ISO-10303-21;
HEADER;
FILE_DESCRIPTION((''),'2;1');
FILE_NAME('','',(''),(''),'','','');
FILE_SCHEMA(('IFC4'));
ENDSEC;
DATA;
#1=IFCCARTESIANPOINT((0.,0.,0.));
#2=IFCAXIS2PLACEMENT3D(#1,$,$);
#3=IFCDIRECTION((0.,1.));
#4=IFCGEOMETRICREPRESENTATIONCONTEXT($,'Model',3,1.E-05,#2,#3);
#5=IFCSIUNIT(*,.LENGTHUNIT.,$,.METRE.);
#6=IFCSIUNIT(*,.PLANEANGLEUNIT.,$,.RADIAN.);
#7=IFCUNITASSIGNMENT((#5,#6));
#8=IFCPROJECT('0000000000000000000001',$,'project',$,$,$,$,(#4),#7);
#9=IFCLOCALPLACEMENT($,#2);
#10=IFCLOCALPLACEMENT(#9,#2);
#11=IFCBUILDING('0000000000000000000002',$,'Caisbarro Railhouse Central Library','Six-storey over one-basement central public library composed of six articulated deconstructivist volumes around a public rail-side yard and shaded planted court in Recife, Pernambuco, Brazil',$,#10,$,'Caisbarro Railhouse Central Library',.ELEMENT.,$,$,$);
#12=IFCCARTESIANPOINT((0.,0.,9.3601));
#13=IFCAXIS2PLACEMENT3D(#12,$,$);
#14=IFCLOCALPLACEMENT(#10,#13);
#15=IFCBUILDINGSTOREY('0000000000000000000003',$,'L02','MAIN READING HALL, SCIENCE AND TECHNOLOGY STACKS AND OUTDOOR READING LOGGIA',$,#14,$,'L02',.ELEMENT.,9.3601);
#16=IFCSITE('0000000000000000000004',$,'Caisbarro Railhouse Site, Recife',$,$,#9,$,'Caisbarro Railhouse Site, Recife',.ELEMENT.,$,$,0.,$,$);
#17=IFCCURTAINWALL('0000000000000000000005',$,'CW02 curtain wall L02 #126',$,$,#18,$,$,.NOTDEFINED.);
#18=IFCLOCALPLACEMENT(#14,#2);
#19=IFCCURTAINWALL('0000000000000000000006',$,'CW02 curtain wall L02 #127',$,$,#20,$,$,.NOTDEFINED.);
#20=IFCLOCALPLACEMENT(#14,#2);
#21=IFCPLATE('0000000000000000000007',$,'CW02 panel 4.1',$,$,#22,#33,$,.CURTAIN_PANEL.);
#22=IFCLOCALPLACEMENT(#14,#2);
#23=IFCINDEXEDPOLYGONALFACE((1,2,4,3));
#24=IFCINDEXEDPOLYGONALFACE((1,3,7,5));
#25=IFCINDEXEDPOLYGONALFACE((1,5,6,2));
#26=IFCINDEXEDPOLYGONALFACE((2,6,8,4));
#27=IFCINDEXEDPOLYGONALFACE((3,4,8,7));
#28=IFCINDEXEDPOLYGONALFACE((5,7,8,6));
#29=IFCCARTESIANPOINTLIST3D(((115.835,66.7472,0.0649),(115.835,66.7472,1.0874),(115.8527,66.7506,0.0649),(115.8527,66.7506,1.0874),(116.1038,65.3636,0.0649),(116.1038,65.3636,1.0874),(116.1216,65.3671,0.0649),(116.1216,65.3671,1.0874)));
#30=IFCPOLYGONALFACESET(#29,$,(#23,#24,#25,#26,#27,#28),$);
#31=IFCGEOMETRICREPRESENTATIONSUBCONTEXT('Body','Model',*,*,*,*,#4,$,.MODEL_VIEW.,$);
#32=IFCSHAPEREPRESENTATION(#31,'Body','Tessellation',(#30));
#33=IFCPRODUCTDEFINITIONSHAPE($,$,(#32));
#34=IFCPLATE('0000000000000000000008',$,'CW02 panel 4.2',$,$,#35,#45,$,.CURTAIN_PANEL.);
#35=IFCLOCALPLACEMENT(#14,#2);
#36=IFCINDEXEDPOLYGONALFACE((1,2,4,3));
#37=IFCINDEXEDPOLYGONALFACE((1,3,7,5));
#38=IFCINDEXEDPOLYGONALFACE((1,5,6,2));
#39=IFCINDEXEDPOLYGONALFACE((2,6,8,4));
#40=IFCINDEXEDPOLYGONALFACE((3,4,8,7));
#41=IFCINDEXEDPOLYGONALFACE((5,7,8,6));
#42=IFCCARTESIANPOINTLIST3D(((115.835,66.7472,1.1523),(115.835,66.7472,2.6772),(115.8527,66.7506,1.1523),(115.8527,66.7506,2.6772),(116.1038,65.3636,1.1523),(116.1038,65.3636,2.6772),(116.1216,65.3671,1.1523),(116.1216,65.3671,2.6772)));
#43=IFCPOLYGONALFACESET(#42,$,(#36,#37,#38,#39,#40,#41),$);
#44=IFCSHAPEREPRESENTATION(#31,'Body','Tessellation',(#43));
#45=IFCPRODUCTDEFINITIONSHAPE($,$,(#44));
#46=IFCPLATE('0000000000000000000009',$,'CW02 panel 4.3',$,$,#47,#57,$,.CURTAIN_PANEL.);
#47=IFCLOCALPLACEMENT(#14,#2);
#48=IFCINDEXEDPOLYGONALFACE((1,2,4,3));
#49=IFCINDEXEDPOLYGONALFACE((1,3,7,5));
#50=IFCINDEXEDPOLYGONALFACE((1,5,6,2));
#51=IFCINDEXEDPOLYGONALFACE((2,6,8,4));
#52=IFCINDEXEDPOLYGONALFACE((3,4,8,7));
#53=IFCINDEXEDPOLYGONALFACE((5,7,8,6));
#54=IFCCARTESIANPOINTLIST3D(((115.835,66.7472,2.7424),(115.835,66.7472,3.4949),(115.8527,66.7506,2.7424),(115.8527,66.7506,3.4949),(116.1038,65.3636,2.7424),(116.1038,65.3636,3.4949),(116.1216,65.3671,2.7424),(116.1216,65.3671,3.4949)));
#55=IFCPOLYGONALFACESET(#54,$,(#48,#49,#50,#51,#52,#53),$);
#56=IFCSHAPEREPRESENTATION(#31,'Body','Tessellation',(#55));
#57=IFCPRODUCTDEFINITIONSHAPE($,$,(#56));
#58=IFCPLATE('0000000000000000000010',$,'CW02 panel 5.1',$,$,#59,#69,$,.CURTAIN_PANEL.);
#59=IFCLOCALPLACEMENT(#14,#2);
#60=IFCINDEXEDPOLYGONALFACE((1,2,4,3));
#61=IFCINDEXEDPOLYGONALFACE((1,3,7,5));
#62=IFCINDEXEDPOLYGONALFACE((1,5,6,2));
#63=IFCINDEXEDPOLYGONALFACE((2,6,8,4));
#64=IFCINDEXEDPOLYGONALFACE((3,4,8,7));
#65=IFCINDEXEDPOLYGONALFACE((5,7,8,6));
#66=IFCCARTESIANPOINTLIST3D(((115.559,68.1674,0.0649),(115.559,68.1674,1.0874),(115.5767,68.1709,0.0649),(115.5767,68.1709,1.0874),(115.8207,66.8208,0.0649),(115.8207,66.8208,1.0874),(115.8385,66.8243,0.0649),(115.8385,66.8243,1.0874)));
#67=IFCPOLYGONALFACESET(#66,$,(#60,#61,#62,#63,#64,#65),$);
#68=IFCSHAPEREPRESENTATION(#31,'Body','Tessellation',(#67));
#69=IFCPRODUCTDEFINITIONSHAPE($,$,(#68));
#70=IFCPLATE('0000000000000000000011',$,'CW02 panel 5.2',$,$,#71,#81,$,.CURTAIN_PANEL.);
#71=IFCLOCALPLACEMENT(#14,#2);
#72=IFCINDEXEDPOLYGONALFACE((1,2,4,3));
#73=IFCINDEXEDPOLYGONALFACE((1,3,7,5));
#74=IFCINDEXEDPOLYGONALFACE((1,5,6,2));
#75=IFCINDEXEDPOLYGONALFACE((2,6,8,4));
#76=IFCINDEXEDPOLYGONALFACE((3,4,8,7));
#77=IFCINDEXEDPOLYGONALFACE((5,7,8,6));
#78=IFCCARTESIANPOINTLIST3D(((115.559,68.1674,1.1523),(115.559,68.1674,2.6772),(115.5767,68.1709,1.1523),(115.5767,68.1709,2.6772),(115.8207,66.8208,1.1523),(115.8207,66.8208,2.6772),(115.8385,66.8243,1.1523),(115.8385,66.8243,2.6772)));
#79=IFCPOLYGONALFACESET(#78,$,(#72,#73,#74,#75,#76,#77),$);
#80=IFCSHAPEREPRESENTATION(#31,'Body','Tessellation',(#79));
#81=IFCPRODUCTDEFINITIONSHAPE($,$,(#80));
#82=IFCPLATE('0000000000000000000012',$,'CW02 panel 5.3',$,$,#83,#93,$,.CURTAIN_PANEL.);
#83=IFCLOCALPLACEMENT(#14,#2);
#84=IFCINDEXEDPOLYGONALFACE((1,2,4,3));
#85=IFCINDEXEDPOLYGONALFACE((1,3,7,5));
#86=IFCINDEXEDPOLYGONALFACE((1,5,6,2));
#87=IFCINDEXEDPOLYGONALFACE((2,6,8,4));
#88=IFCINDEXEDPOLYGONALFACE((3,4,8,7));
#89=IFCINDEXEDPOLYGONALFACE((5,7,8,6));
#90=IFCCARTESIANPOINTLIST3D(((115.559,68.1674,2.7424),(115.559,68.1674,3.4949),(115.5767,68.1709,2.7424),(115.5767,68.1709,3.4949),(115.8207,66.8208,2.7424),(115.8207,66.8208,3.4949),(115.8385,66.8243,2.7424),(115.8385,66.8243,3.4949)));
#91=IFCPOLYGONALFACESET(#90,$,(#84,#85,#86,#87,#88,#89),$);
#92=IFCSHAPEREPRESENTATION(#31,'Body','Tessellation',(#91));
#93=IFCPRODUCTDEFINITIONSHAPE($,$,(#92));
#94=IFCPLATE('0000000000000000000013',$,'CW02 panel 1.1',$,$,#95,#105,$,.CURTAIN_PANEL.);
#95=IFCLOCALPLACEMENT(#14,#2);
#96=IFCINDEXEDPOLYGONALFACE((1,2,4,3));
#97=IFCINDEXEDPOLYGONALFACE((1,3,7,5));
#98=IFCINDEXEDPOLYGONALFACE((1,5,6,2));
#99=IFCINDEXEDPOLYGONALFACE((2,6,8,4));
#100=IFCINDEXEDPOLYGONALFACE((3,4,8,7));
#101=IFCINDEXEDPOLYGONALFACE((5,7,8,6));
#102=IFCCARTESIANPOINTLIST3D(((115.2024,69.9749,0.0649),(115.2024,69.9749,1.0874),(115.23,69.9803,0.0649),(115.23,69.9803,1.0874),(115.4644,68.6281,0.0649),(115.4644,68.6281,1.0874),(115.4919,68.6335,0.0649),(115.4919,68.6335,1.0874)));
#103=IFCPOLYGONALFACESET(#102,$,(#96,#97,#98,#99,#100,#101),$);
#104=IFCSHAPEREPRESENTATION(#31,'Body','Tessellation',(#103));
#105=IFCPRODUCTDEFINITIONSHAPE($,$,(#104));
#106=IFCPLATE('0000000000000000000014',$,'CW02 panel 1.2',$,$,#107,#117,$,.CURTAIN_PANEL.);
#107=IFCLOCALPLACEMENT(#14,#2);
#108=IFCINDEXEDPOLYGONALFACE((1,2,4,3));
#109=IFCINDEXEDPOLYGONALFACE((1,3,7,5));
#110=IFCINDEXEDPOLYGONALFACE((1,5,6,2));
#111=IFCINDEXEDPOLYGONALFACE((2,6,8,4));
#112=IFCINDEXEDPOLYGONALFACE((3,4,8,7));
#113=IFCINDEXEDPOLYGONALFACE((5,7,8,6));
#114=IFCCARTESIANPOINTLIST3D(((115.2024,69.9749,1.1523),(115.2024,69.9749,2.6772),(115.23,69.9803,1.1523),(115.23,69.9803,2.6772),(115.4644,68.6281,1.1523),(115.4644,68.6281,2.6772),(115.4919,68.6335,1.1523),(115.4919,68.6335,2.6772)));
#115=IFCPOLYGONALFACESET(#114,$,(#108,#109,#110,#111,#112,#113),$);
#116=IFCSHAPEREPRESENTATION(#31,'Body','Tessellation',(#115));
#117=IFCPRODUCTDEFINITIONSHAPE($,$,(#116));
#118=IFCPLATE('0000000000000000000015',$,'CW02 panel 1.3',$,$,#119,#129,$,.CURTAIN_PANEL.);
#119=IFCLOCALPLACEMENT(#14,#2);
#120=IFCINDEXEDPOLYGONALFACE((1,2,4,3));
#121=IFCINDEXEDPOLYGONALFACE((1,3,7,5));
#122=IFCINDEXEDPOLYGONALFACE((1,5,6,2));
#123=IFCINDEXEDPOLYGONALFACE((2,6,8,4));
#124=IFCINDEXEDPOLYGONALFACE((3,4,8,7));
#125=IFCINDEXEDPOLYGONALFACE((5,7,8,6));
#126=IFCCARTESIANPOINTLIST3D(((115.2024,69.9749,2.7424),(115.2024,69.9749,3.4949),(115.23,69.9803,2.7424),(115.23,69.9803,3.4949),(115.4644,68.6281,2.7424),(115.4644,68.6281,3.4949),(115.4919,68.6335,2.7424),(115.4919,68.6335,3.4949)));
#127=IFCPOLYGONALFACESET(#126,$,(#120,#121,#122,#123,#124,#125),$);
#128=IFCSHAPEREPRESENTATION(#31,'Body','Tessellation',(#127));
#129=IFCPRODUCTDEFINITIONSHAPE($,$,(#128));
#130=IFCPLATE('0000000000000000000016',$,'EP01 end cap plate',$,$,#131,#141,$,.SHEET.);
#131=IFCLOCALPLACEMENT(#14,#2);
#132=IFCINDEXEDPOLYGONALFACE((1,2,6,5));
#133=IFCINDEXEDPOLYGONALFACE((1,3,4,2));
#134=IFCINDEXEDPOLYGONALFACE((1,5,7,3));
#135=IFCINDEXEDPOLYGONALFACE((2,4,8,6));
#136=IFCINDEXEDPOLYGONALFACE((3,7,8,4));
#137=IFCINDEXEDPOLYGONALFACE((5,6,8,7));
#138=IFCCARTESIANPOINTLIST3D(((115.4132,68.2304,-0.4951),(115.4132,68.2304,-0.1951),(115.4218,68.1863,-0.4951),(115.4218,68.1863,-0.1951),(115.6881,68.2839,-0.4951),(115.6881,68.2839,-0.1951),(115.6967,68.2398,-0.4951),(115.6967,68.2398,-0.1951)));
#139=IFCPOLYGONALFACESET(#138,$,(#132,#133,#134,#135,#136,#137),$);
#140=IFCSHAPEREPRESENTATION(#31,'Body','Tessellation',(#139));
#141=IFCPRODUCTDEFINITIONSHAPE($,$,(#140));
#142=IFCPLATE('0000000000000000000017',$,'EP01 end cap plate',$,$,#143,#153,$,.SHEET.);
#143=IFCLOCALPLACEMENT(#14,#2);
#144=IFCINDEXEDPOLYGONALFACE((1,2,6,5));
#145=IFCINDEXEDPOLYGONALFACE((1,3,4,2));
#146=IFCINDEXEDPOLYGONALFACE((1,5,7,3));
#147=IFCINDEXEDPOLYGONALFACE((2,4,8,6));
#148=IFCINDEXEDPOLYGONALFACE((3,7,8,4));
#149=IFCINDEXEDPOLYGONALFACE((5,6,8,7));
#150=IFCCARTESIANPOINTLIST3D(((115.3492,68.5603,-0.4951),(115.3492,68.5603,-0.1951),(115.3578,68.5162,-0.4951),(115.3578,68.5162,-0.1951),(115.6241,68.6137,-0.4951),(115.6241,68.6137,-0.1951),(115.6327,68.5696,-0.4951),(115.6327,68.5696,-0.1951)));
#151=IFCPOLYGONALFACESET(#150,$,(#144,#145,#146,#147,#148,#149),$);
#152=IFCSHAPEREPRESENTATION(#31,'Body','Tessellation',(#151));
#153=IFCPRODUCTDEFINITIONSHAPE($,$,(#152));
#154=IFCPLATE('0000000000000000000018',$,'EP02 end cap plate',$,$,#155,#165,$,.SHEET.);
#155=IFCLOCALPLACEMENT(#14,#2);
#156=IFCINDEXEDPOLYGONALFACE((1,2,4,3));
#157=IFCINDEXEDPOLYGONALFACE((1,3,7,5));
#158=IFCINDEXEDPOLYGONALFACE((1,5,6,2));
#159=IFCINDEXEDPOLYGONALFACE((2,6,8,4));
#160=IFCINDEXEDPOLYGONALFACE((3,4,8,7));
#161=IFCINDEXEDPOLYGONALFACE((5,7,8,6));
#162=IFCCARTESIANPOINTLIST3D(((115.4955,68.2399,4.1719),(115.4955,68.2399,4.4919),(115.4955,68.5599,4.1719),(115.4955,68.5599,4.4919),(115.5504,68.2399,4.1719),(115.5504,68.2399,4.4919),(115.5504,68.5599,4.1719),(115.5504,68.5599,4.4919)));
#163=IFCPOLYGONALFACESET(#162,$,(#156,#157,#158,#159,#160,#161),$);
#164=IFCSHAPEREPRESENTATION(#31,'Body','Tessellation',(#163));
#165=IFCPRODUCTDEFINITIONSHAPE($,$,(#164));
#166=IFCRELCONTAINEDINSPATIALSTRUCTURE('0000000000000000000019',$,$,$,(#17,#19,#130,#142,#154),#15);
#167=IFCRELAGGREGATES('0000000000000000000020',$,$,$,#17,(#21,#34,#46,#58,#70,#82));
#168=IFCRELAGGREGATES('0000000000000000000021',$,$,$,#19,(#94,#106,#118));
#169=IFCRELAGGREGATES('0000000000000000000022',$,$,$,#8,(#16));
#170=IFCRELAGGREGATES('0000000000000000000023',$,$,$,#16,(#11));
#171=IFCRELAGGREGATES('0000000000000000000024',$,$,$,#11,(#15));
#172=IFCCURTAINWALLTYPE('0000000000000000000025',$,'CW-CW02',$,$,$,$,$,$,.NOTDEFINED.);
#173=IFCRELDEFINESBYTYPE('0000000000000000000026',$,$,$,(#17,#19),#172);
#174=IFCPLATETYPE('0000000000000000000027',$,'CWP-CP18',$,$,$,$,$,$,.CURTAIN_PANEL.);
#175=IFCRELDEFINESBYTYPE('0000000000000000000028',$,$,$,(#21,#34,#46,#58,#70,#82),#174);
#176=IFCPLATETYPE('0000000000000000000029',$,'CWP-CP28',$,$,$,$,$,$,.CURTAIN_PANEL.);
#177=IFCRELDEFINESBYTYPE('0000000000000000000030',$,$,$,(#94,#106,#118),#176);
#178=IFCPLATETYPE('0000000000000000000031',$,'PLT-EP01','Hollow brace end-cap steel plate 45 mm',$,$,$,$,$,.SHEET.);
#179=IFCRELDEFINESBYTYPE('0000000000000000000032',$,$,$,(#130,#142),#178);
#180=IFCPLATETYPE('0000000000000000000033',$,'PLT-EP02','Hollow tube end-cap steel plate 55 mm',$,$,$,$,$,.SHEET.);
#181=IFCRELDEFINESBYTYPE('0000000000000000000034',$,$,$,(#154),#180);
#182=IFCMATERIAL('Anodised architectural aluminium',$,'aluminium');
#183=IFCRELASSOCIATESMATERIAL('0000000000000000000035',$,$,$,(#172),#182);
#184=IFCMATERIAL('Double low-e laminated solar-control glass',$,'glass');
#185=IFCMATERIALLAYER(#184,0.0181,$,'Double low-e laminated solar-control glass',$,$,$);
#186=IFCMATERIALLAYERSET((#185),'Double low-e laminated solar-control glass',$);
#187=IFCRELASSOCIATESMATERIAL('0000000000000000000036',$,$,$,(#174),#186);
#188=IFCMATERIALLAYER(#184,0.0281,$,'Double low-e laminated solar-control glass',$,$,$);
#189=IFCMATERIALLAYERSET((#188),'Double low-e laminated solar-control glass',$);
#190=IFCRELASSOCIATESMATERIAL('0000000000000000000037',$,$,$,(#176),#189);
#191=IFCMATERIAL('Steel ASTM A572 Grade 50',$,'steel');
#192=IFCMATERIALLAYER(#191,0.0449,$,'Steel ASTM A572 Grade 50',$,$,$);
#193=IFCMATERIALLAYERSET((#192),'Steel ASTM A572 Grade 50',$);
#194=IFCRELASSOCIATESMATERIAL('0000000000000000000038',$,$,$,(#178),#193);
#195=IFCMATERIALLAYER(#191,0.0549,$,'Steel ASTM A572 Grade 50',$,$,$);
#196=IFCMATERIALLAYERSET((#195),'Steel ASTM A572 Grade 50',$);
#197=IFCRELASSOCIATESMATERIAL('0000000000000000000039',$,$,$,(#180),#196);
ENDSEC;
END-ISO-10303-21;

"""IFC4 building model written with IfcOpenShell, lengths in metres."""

from ifc_helpers import new_model, si_unit, direction, frame, origin, origin_2d, place, context, subcontext, project, spatial, rectangle, extrude, material, layer, layer_set, type_object, element, aggregate, save


model = new_model("IFC4")

# Units and contexts
model_context = context("Model", 3, precision=1e-05, world=origin(), true_north=direction((0.0, 1.0)))
body_context = subcontext(model_context, "Body", "Model", "MODEL_VIEW")
ifc_project = project(units=[si_unit("LENGTHUNIT", "METRE"), si_unit("PLANEANGLEUNIT", "RADIAN")], contexts=[model_context])

# Site, building, storey
site_placement = place(None, origin())
site = spatial("IfcSite", under=ifc_project, at=site_placement, Name="Caisbarro Railhouse Site, Recife", LongName="Caisbarro Railhouse Site, Recife", CompositionType="ELEMENT", RefElevation=0.0)
building_placement = place(site_placement, origin())
building = spatial("IfcBuilding", under=site, at=building_placement, Name="Caisbarro Railhouse Central Library", Description="Six-storey over one-basement central public library composed of six articulated deconstructivist volumes around a public rail-side yard and shaded planted court in Recife, Pernambuco, Brazil", LongName="Caisbarro Railhouse Central Library", CompositionType="ELEMENT")
storey_placement = place(building_placement, frame((0.0, 0.0, 9.3601)))
storey = spatial("IfcBuildingStorey", under=building, at=storey_placement, Name="L02", Description="MAIN READING HALL, SCIENCE AND TECHNOLOGY STACKS AND OUTDOOR READING LOGGIA", LongName="L02", CompositionType="ELEMENT", Elevation=9.3601)

# Shared definitions
ifc_material_1 = material(Name="Steel ASTM A572 Grade 50", Category="steel")

# Curtain walls
ifc_material_2 = material(Name="Anodised architectural aluminium", Category="aluminium")
curtain_wall_type = type_object("IfcCurtainWallType", Name="CW-CW02", PredefinedType="NOTDEFINED", material=ifc_material_2)
curtain_wall_1_placement = place(storey_placement, origin())
curtain_wall_1 = element("IfcCurtainWall", 1, at=curtain_wall_1_placement, inside=storey, type_object=curtain_wall_type, Name="CW02 curtain wall L02 #126", PredefinedType="NOTDEFINED")
curtain_wall_2_placement = place(storey_placement, origin())
curtain_wall_2 = element("IfcCurtainWall", 2, at=curtain_wall_2_placement, inside=storey, type_object=curtain_wall_type, Name="CW02 curtain wall L02 #127", PredefinedType="NOTDEFINED")

# Plates
ifc_material_3 = material(Name="Double low-e laminated solar-control glass", Category="glass")
ifc_layer_1 = layer(ifc_material_3, 0.0181, Name="Double low-e laminated solar-control glass")
ifc_layer_set_1 = layer_set([ifc_layer_1], Name="Double low-e laminated solar-control glass")
plate_type_1 = type_object("IfcPlateType", Name="CWP-CP18", PredefinedType="CURTAIN_PANEL", material=ifc_layer_set_1)
plate_1_placement = place(storey_placement, frame((115.9783, 66.0571, 0.0649), z_axis=(0.0, 0.0, 1.0), x_axis=(-0.190781, 0.981633, 0.0)))
plate_1 = element("IfcPlate", 3, at=plate_1_placement, type_object=plate_type_1, Name="CW02 panel 4.1", PredefinedType="CURTAIN_PANEL", context=body_context, shape_type="SweptSolid", body=[
    extrude(rectangle(XDim=1.4094, YDim=0.0181, at=origin_2d()), origin(), (0.0, 0.0, 1.0), 1.0225),
])
plate_2_placement = place(storey_placement, frame((115.9783, 66.0571, 1.1523), z_axis=(0.0, 0.0, 1.0), x_axis=(-0.190781, 0.981633, 0.0)))
plate_2 = element("IfcPlate", 4, at=plate_2_placement, type_object=plate_type_1, Name="CW02 panel 4.2", PredefinedType="CURTAIN_PANEL", context=body_context, shape_type="SweptSolid", body=[
    extrude(rectangle(XDim=1.4094, YDim=0.0181, at=origin_2d()), origin(), (0.0, 0.0, 1.0), 1.5249),
])
plate_3_placement = place(storey_placement, frame((115.9783, 66.0571, 2.7424), z_axis=(0.0, 0.0, 1.0), x_axis=(-0.190781, 0.981633, 0.0)))
plate_3 = element("IfcPlate", 5, at=plate_3_placement, type_object=plate_type_1, Name="CW02 panel 4.3", PredefinedType="CURTAIN_PANEL", context=body_context, shape_type="SweptSolid", body=[
    extrude(rectangle(XDim=1.4094, YDim=0.0181, at=origin_2d()), origin(), (0.0, 0.0, 1.0), 0.7524),
])
plate_4_placement = place(storey_placement, frame((115.6987, 67.4958, 0.0649), z_axis=(0.0, 0.0, 1.0), x_axis=(-0.190781, 0.981633, 0.0)))
plate_4 = element("IfcPlate", 6, at=plate_4_placement, type_object=plate_type_1, Name="CW02 panel 5.1", PredefinedType="CURTAIN_PANEL", context=body_context, shape_type="SweptSolid", body=[
    extrude(rectangle(XDim=1.3718, YDim=0.0181, at=origin_2d()), origin(), (0.0, 0.0, 1.0), 1.0225),
])
plate_5_placement = place(storey_placement, frame((115.6987, 67.4958, 1.1523), z_axis=(0.0, 0.0, 1.0), x_axis=(-0.190781, 0.981633, 0.0)))
plate_5 = element("IfcPlate", 7, at=plate_5_placement, type_object=plate_type_1, Name="CW02 panel 5.2", PredefinedType="CURTAIN_PANEL", context=body_context, shape_type="SweptSolid", body=[
    extrude(rectangle(XDim=1.3718, YDim=0.0181, at=origin_2d()), origin(), (0.0, 0.0, 1.0), 1.5249),
])
plate_6_placement = place(storey_placement, frame((115.6987, 67.4958, 2.7424), z_axis=(0.0, 0.0, 1.0), x_axis=(-0.190781, 0.981633, 0.0)))
plate_6 = element("IfcPlate", 8, at=plate_6_placement, type_object=plate_type_1, Name="CW02 panel 5.3", PredefinedType="CURTAIN_PANEL", context=body_context, shape_type="SweptSolid", body=[
    extrude(rectangle(XDim=1.3718, YDim=0.0181, at=origin_2d()), origin(), (0.0, 0.0, 1.0), 0.7524),
])
aggregate(curtain_wall_1, [plate_1, plate_2, plate_3, plate_4, plate_5, plate_6])
ifc_layer_2 = layer(ifc_material_3, 0.0281, Name="Double low-e laminated solar-control glass")
ifc_layer_set_2 = layer_set([ifc_layer_2], Name="Double low-e laminated solar-control glass")
plate_type_2 = type_object("IfcPlateType", Name="CWP-CP28", PredefinedType="CURTAIN_PANEL", material=ifc_layer_set_2)
plate_7_placement = place(storey_placement, frame((115.3472, 69.3042, 0.0649), z_axis=(0.0, 0.0, 1.0), x_axis=(-0.190911, 0.981607, 0.0)))
plate_7 = element("IfcPlate", 9, at=plate_7_placement, type_object=plate_type_2, Name="CW02 panel 1.1", PredefinedType="CURTAIN_PANEL", context=body_context, shape_type="SweptSolid", body=[
    extrude(rectangle(XDim=1.3721, YDim=0.0281, at=origin_2d()), origin(), (0.0, 0.0, 1.0), 1.0225),
])
plate_8_placement = place(storey_placement, frame((115.3472, 69.3042, 1.1523), z_axis=(0.0, 0.0, 1.0), x_axis=(-0.190911, 0.981607, 0.0)))
plate_8 = element("IfcPlate", 10, at=plate_8_placement, type_object=plate_type_2, Name="CW02 panel 1.2", PredefinedType="CURTAIN_PANEL", context=body_context, shape_type="SweptSolid", body=[
    extrude(rectangle(XDim=1.3721, YDim=0.0281, at=origin_2d()), origin(), (0.0, 0.0, 1.0), 1.5249),
])
plate_9_placement = place(storey_placement, frame((115.3472, 69.3042, 2.7424), z_axis=(0.0, 0.0, 1.0), x_axis=(-0.190911, 0.981607, 0.0)))
plate_9 = element("IfcPlate", 11, at=plate_9_placement, type_object=plate_type_2, Name="CW02 panel 1.3", PredefinedType="CURTAIN_PANEL", context=body_context, shape_type="SweptSolid", body=[
    extrude(rectangle(XDim=1.3721, YDim=0.0281, at=origin_2d()), origin(), (0.0, 0.0, 1.0), 0.7524),
])
aggregate(curtain_wall_2, [plate_7, plate_8, plate_9])

# Plates
ifc_layer_3 = layer(ifc_material_1, 0.0449, Name="Steel ASTM A572 Grade 50")
ifc_layer_set_3 = layer_set([ifc_layer_3], Name="Steel ASTM A572 Grade 50")
plate_type_3 = type_object("IfcPlateType", Name="PLT-EP01", Description="Hollow brace end-cap steel plate 45 mm", PredefinedType="SHEET", material=ifc_layer_set_3)
for number, where, z_axis, x_axis, name in (
    (12, (115.5549, 68.2351, -0.4951), (0.0, 0.0, 1.0), (-0.190809, 0.981627, 0.0), "EP01 end cap plate"),
    (13, (115.491, 68.5649, -0.4951), (0.0, 0.0, 1.0), (-0.190809, 0.981627, 0.0), "EP01 end cap plate"),
):
    element("IfcPlate", number, at=place(storey_placement, frame(where, z_axis=z_axis, x_axis=x_axis)), inside=storey, type_object=plate_type_3, Name=name, PredefinedType="SHEET", context=body_context, shape_type="SweptSolid", body=[
        extrude(rectangle(XDim=0.0449, YDim=0.28, at=origin_2d()), origin(), (0.0, 0.0, 1.0), 0.3),
    ])
ifc_layer_4 = layer(ifc_material_1, 0.0549, Name="Steel ASTM A572 Grade 50")
ifc_layer_set_4 = layer_set([ifc_layer_4], Name="Steel ASTM A572 Grade 50")
plate_type_4 = type_object("IfcPlateType", Name="PLT-EP02", Description="Hollow tube end-cap steel plate 55 mm", PredefinedType="SHEET", material=ifc_layer_set_4)
plate_10_placement = place(storey_placement, frame((115.5229, 68.3999, 4.1719), z_axis=(0.0, 0.0, 1.0), x_axis=(1.0, 0.0, 0.0)))
element("IfcPlate", 14, at=plate_10_placement, inside=storey, type_object=plate_type_4, Name="EP02 end cap plate", PredefinedType="SHEET", context=body_context, shape_type="SweptSolid", body=[
    extrude(rectangle(XDim=0.0549, YDim=0.3201, at=origin_2d()), origin(), (0.0, 0.0, 1.0), 0.3201),
])

save(model, "model.ifc")
